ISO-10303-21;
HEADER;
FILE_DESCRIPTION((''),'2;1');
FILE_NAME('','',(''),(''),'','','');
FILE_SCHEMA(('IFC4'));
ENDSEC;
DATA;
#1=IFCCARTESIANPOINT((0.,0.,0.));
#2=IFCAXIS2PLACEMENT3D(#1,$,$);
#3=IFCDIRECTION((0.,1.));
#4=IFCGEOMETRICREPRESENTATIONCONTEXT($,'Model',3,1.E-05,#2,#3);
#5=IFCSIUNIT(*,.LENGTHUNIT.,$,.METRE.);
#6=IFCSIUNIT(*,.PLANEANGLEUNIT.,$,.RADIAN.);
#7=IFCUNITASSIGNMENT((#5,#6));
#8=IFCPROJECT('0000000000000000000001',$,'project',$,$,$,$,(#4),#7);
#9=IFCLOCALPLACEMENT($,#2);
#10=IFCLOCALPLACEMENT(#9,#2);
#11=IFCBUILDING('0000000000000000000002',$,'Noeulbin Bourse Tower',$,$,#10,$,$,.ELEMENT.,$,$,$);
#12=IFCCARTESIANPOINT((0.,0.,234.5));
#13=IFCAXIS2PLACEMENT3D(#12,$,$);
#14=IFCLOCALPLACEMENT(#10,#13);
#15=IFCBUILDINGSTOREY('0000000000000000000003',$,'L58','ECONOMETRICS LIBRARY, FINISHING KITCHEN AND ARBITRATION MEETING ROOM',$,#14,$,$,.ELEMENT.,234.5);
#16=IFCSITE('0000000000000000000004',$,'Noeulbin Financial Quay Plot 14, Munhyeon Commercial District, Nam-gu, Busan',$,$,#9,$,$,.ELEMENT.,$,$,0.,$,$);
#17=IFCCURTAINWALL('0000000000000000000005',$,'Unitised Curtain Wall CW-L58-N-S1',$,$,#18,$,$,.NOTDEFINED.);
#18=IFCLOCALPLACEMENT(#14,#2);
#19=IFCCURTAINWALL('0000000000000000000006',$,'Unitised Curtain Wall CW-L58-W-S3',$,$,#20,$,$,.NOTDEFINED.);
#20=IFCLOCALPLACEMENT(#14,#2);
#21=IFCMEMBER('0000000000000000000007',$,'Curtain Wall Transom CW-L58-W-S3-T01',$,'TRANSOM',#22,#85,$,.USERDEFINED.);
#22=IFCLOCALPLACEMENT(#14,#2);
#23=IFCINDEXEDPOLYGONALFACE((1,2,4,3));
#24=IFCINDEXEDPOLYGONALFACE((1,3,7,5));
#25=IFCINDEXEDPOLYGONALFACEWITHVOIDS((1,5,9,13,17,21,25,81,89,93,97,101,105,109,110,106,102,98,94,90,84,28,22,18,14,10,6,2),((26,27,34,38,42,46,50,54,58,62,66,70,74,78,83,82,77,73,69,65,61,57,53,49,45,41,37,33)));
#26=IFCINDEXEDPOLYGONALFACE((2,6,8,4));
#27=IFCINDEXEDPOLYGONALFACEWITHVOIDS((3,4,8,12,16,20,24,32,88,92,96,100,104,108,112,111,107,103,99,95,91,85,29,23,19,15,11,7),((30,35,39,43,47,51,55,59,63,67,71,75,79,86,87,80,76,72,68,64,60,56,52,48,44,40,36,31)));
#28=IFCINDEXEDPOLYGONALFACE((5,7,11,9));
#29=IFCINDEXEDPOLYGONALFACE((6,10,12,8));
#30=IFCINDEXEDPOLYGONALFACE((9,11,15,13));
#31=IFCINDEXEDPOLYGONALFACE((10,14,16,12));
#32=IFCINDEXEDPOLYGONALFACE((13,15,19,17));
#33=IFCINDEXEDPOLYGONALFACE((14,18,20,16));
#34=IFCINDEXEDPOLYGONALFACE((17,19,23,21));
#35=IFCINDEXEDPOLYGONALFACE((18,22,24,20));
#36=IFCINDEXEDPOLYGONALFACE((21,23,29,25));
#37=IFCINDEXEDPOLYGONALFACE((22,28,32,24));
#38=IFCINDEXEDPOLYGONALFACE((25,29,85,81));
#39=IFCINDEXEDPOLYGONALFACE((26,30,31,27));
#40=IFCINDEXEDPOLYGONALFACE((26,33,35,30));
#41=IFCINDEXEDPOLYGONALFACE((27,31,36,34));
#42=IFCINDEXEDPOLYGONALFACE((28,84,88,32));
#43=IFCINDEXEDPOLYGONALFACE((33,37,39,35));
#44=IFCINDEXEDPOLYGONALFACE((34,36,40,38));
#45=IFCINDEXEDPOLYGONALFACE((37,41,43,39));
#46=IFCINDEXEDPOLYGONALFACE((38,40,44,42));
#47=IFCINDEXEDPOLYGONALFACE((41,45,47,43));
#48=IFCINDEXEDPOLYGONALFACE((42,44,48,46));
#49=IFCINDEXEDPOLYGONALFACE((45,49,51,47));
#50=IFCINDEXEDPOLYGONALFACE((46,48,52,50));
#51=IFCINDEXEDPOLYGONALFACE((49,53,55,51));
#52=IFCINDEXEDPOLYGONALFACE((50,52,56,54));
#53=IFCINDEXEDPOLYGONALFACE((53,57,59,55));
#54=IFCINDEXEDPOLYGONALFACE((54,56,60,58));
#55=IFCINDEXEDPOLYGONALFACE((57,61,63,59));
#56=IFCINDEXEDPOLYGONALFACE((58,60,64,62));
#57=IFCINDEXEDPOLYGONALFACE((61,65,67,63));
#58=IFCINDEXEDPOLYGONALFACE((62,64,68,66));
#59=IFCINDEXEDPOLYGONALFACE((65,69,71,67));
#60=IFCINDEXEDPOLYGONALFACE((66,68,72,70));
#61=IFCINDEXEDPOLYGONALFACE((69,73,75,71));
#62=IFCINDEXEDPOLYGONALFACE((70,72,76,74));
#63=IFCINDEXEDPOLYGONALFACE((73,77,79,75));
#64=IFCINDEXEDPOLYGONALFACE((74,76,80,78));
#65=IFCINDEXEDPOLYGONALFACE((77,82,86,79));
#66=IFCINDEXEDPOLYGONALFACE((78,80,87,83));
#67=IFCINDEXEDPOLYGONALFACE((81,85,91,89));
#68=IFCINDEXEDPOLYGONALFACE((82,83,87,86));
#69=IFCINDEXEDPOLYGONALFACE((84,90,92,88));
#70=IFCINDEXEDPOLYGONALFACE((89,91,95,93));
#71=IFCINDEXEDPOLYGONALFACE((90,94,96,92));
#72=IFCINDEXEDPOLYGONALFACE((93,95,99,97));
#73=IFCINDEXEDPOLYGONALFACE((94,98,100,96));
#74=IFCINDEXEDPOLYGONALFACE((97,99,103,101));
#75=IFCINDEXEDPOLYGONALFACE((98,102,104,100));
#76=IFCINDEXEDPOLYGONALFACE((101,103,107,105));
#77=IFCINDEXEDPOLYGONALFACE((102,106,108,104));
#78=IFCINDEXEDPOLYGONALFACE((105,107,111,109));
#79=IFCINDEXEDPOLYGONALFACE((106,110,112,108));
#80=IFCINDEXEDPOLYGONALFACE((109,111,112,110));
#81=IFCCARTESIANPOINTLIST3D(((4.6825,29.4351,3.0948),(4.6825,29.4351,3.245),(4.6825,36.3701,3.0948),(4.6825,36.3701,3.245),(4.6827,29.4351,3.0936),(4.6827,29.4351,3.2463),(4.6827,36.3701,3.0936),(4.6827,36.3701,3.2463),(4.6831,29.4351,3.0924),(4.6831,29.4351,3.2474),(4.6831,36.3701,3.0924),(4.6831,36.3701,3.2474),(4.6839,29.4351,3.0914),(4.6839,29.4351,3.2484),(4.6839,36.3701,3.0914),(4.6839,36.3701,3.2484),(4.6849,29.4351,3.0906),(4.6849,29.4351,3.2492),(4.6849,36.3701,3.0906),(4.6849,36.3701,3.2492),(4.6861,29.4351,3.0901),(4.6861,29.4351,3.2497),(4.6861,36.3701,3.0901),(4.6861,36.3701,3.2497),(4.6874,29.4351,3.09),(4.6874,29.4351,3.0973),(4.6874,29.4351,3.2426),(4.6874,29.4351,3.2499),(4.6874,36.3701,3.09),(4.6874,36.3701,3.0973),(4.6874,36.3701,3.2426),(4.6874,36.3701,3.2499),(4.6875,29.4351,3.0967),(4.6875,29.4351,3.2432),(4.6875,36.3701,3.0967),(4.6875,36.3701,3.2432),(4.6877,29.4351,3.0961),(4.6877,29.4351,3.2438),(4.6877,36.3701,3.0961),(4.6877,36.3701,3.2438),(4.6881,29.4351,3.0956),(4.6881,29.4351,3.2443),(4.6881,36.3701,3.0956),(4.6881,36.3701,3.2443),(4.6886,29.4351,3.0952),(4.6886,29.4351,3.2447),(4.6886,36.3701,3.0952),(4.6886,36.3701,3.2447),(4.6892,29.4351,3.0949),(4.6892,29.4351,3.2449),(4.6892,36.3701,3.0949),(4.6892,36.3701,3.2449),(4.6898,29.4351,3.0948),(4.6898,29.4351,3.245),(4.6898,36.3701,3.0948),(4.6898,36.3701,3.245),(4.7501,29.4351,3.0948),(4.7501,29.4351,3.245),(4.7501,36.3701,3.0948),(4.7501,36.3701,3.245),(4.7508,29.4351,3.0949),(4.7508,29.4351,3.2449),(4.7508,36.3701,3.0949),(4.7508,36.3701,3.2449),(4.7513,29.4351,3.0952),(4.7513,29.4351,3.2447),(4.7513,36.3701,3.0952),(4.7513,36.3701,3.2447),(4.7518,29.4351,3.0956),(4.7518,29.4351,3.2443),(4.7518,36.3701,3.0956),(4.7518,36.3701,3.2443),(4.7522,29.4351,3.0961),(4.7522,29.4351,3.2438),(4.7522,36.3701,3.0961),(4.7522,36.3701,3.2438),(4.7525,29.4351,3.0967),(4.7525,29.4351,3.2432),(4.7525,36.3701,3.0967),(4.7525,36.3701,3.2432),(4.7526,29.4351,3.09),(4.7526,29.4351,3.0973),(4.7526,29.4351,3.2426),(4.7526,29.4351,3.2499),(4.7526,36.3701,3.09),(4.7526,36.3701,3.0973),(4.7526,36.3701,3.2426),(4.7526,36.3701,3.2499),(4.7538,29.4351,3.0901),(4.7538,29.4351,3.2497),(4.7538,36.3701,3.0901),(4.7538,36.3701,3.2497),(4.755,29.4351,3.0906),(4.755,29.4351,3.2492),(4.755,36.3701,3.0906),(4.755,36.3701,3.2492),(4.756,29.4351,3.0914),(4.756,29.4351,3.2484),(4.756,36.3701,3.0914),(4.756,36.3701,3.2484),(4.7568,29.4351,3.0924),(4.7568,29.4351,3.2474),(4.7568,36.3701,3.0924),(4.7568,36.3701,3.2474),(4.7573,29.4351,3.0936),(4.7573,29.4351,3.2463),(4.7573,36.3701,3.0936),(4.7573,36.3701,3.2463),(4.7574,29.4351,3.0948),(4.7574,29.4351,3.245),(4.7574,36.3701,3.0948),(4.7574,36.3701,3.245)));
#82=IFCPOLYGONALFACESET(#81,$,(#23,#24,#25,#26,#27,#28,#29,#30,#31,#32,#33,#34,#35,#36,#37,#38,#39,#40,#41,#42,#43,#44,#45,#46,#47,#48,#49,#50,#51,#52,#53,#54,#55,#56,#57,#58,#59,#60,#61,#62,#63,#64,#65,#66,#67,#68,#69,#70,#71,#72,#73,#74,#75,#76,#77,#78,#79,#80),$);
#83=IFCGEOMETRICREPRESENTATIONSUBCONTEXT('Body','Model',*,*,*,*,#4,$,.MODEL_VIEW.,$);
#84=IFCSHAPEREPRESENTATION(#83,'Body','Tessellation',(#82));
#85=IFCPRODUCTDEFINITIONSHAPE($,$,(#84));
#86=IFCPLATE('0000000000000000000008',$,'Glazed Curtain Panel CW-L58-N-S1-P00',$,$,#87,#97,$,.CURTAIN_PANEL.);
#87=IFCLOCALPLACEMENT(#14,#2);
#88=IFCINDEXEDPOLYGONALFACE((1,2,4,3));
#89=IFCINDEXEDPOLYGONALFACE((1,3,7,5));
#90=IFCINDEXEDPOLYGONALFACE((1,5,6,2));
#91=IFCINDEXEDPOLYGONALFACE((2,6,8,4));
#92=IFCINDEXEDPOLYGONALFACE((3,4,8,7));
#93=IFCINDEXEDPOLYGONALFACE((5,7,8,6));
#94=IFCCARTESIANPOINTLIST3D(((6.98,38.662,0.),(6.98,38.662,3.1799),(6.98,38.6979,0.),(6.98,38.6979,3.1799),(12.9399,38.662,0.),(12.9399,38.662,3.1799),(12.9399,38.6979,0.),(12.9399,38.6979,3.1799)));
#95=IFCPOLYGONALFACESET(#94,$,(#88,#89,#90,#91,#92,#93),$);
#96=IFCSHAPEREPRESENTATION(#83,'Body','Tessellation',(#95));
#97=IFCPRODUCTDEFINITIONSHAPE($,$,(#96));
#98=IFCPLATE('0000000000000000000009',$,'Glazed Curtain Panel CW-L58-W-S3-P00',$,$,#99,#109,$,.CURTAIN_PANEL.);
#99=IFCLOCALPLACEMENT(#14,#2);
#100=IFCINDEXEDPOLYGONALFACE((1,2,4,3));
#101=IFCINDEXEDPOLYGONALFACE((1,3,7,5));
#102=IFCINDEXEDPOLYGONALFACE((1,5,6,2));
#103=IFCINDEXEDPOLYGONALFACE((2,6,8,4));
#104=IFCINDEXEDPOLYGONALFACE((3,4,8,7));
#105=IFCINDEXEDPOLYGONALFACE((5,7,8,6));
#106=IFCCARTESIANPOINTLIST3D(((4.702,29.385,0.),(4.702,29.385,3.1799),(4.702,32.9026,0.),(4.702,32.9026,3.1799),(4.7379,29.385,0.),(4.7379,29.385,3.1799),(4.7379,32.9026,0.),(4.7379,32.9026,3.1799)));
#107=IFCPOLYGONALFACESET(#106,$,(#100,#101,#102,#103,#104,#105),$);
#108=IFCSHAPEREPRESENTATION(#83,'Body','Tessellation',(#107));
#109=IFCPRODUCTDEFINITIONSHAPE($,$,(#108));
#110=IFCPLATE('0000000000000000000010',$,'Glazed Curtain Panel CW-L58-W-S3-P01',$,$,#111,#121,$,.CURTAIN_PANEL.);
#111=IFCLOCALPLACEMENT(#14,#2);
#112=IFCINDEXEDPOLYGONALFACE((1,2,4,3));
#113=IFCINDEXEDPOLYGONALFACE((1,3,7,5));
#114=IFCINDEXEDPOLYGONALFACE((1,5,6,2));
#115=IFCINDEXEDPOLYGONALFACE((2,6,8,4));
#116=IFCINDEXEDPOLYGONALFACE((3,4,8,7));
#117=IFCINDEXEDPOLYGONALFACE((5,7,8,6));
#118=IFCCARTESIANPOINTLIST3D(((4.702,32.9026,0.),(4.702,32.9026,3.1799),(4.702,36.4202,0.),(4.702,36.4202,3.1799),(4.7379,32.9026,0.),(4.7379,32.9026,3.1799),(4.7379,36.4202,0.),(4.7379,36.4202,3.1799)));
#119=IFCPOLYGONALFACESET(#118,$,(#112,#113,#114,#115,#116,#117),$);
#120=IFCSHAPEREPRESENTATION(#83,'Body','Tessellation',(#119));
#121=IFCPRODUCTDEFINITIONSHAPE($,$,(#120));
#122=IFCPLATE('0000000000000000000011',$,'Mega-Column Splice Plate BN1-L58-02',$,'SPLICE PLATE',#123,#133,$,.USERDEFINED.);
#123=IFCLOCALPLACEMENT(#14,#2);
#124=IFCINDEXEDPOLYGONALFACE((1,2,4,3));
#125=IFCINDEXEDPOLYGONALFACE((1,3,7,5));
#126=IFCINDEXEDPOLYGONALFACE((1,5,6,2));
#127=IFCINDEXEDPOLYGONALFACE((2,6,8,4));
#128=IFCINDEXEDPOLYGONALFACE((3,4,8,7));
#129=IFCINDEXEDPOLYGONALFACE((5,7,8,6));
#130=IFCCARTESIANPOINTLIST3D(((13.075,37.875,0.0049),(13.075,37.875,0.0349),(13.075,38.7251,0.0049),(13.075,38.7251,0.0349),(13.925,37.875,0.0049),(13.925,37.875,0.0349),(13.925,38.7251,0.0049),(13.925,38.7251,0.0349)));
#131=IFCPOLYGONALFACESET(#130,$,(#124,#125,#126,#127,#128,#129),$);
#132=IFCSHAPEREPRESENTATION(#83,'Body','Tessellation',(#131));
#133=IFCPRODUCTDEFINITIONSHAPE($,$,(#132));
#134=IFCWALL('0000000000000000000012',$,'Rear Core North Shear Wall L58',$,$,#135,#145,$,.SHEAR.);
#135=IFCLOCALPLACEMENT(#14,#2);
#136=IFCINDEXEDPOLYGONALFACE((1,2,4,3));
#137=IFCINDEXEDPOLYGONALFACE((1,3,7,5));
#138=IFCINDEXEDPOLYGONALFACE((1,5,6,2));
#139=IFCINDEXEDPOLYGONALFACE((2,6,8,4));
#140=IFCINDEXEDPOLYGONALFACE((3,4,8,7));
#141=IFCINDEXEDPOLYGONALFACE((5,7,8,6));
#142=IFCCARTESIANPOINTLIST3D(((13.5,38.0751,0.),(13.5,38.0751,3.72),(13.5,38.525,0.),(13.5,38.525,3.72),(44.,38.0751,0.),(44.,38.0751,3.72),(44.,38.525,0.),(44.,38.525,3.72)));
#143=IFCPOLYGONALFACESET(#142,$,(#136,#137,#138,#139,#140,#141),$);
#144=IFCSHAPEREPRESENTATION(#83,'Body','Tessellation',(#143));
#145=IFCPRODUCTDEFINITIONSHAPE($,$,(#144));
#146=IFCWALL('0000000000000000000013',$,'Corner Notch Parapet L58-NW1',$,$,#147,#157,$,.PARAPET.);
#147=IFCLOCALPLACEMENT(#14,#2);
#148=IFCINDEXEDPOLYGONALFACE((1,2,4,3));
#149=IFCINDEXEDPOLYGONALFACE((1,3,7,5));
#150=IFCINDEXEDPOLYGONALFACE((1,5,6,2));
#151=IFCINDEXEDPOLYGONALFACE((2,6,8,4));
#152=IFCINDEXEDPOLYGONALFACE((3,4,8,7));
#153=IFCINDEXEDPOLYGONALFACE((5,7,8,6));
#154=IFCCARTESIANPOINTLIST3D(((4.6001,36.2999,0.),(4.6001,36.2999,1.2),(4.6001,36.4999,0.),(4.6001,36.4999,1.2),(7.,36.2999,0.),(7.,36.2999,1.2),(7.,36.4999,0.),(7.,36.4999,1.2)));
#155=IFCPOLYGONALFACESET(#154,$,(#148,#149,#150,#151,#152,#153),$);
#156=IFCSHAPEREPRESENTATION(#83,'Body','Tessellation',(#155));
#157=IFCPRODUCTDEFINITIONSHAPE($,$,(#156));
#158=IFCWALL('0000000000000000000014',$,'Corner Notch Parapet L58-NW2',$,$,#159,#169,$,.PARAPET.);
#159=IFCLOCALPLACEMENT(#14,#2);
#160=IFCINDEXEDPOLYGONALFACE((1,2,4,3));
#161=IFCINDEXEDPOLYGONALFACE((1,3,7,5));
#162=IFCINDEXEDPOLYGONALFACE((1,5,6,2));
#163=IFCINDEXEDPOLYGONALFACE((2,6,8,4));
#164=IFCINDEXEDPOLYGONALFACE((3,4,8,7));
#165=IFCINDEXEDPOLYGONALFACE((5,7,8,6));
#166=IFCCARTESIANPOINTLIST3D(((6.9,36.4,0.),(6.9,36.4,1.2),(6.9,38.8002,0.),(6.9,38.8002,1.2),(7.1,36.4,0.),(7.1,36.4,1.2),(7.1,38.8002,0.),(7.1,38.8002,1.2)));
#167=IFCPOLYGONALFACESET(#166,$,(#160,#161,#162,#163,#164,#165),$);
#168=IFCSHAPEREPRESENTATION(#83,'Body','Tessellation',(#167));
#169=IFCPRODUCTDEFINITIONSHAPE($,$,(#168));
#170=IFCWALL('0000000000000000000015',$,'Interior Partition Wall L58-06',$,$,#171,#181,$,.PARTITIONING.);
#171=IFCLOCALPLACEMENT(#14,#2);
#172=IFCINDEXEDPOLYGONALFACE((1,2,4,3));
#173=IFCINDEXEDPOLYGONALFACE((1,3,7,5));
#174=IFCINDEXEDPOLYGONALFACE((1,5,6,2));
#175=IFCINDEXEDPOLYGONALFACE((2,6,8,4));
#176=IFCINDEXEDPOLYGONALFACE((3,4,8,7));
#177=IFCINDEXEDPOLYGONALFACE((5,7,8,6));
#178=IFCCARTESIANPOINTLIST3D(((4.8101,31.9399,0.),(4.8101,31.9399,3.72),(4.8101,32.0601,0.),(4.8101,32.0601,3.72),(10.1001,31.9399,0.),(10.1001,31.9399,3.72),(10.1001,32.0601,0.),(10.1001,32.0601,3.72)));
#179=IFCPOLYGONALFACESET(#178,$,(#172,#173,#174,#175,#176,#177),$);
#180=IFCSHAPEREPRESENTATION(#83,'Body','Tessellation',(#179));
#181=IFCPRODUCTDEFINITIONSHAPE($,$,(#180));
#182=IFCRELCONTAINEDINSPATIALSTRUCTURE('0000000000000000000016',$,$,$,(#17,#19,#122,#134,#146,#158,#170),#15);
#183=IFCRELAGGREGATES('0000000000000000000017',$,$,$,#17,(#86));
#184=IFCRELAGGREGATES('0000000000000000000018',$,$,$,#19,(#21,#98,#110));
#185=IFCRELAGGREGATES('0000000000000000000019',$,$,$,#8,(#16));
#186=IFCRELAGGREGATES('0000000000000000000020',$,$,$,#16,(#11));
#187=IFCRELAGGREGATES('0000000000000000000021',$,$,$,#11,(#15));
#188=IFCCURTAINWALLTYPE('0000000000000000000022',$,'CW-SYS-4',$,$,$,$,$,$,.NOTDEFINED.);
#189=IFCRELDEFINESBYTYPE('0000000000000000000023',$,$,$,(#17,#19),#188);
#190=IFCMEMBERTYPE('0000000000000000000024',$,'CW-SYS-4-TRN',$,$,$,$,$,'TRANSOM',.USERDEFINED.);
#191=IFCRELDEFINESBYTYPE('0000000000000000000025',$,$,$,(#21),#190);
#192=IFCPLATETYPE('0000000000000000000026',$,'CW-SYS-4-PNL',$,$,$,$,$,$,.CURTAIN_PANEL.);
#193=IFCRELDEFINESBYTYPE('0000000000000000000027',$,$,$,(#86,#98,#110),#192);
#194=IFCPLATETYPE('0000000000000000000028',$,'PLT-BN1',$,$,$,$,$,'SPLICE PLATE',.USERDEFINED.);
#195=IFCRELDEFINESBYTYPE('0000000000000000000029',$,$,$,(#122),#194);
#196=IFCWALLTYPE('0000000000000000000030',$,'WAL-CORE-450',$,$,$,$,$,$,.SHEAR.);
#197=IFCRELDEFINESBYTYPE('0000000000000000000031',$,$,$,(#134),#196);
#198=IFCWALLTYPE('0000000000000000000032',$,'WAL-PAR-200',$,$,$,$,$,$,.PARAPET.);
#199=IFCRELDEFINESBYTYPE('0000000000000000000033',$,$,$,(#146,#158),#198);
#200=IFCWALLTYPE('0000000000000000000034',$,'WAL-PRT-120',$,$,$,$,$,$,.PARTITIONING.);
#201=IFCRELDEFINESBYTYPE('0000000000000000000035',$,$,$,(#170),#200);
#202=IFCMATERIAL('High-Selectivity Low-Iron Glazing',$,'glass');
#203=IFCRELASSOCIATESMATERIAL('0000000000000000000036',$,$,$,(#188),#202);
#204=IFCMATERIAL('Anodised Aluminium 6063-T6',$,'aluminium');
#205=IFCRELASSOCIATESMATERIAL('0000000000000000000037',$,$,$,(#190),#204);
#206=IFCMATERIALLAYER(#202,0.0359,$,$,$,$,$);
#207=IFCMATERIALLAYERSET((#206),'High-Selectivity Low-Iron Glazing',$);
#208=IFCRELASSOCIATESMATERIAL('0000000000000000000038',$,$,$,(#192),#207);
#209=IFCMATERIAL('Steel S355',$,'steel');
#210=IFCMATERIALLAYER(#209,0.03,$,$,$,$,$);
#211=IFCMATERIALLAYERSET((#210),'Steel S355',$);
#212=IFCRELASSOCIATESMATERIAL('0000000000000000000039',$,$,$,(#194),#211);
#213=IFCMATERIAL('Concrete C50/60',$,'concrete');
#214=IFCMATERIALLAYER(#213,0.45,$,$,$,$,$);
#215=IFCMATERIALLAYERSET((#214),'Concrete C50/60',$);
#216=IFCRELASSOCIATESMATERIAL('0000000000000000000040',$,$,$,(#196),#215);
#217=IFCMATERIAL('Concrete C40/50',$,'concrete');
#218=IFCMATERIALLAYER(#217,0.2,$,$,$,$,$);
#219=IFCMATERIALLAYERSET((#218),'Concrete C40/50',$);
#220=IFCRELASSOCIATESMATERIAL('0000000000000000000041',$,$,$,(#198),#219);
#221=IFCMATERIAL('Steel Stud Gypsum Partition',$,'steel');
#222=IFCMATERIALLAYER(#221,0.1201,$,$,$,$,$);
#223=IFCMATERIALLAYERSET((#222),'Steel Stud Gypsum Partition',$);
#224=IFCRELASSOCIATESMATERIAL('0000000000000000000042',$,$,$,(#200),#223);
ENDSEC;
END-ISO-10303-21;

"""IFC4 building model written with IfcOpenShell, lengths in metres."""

from ifc_helpers import new_model, si_unit, direction, frame, frame_2d, origin, origin_2d, place, context, subcontext, project, spatial, rectangle, hollow_rectangle, extrude, material, layer, layer_set, material_profile, profile_set, type_object, element, aggregate, save


model = new_model("IFC4")

# Units and contexts
model_context = context("Model", 3, precision=1e-05, world=origin(), true_north=direction((0.0, 1.0)))
body_context = subcontext(model_context, "Body", "Model", "MODEL_VIEW")
ifc_project = project(units=[si_unit("LENGTHUNIT", "METRE"), si_unit("PLANEANGLEUNIT", "RADIAN")], contexts=[model_context])

# Site, building, storey
site_placement = place(None, origin())
site = spatial("IfcSite", under=ifc_project, at=site_placement, Name="Noeulbin Financial Quay Plot 14, Munhyeon Commercial District, Nam-gu, Busan", CompositionType="ELEMENT", RefElevation=0.0)
building_placement = place(site_placement, origin())
building = spatial("IfcBuilding", under=site, at=building_placement, Name="Noeulbin Bourse Tower", CompositionType="ELEMENT")
storey_placement = place(building_placement, frame((0.0, 0.0, 234.5)))
storey = spatial("IfcBuildingStorey", under=building, at=storey_placement, Name="L58", Description="ECONOMETRICS LIBRARY, FINISHING KITCHEN AND ARBITRATION MEETING ROOM", CompositionType="ELEMENT", Elevation=234.5)

# Shared definitions
ifc_material_1 = material(Name="Steel S355", Category="steel")

# Curtain wall
ifc_material_2 = material(Name="High-Selectivity Low-Iron Glazing", Category="glass")
curtain_wall_type = type_object("IfcCurtainWallType", Name="CW-SYS-4", PredefinedType="NOTDEFINED", material=ifc_material_2)
curtain_wall_1_placement = place(storey_placement, origin())
curtain_wall_1 = element("IfcCurtainWall", 1, at=curtain_wall_1_placement, inside=storey, type_object=curtain_wall_type, Name="Unitised Curtain Wall CW-L58-N-S1", PredefinedType="NOTDEFINED")
ifc_material_3 = material(Name="Anodised Aluminium 6063-T6", Category="aluminium")

# Curtain wall
curtain_wall_2_placement = place(storey_placement, origin())
curtain_wall_2 = element("IfcCurtainWall", 2, at=curtain_wall_2_placement, inside=storey, type_object=curtain_wall_type, Name="Unitised Curtain Wall CW-L58-W-S3", PredefinedType="NOTDEFINED")

# Member
ifc_material_profile_1 = material_profile(ifc_material_3, hollow_rectangle(XDim=0.075, YDim=0.1599, WallThickness=0.0049, InnerFilletRadius=0.0024, OuterFilletRadius=0.0049, at=origin_2d()), Name="ALU-TRAN-75x160x5", Category="LoadBearing")
ifc_profile_set_1 = profile_set([ifc_material_profile_1], Name="Anodised Aluminium 6063-T6")
member_type_1 = type_object("IfcMemberType", Name="CW-SYS-4-TRN", ElementType="TRANSOM", PredefinedType="USERDEFINED", material=ifc_profile_set_1)
member_1_placement = place(storey_placement, frame((4.72, 29.4351, 3.1699), z_axis=(0.0, 1.0, 0.0), x_axis=(-1.0, 0.0, 0.0)))
member_1 = element("IfcMember", 3, at=member_1_placement, type_object=member_type_1, Name="Curtain Wall Transom CW-L58-W-S3-T01", ObjectType="TRANSOM", PredefinedType="USERDEFINED", context=body_context, shape_type="SweptSolid", body=[
    extrude(hollow_rectangle(XDim=0.075, YDim=0.1599, WallThickness=0.0049, InnerFilletRadius=0.0024, OuterFilletRadius=0.0049, at=origin_2d()), origin(), (0.0, 0.0, 1.0), 6.9351),
])

# Plates
ifc_layer_1 = layer(ifc_material_2, 0.0359)
ifc_layer_set_1 = layer_set([ifc_layer_1], Name="High-Selectivity Low-Iron Glazing")
plate_type_1 = type_object("IfcPlateType", Name="CW-SYS-4-PNL", PredefinedType="CURTAIN_PANEL", material=ifc_layer_set_1)
plate_1_placement = place(storey_placement, frame((9.96, 38.6799, 0.0), z_axis=(0.0, 0.0, 1.0), x_axis=(1.0, 0.0, 0.0)))
plate_1 = element("IfcPlate", 4, at=plate_1_placement, type_object=plate_type_1, Name="Glazed Curtain Panel CW-L58-N-S1-P00", PredefinedType="CURTAIN_PANEL", context=body_context, shape_type="SweptSolid", body=[
    extrude(rectangle(XDim=5.96, YDim=0.0359, at=origin_2d()), origin(), (0.0, 0.0, 1.0), 3.1799),
])
aggregate(curtain_wall_1, [plate_1])
plate_2_placement = place(storey_placement, frame((4.72, 31.1438, 0.0), z_axis=(0.0, 0.0, 1.0), x_axis=(0.0, 1.0, 0.0)))
plate_2 = element("IfcPlate", 5, at=plate_2_placement, type_object=plate_type_1, Name="Glazed Curtain Panel CW-L58-W-S3-P00", PredefinedType="CURTAIN_PANEL", context=body_context, shape_type="SweptSolid", body=[
    extrude(rectangle(XDim=3.5176, YDim=0.0359, at=origin_2d()), origin(), (0.0, 0.0, 1.0), 3.1799),
])
plate_3_placement = place(storey_placement, frame((4.72, 34.6614, 0.0), z_axis=(0.0, 0.0, 1.0), x_axis=(0.0, 1.0, 0.0)))
plate_3 = element("IfcPlate", 6, at=plate_3_placement, type_object=plate_type_1, Name="Glazed Curtain Panel CW-L58-W-S3-P01", PredefinedType="CURTAIN_PANEL", context=body_context, shape_type="SweptSolid", body=[
    extrude(rectangle(XDim=3.5176, YDim=0.0359, at=origin_2d()), origin(), (0.0, 0.0, 1.0), 3.1799),
])
aggregate(curtain_wall_2, [member_1, plate_2, plate_3])
ifc_layer_2 = layer(ifc_material_1, 0.03)
ifc_layer_set_2 = layer_set([ifc_layer_2], Name="Steel S355")
plate_type_2 = type_object("IfcPlateType", Name="PLT-BN1", ElementType="SPLICE PLATE", PredefinedType="USERDEFINED", material=ifc_layer_set_2)
plate_4_placement = place(storey_placement, frame((13.5, 38.3, 0.0049), z_axis=(0.0, 0.0, 1.0), x_axis=(1.0, 0.0, 0.0)))
element("IfcPlate", 7, at=plate_4_placement, inside=storey, type_object=plate_type_2, Name="Mega-Column Splice Plate BN1-L58-02", ObjectType="SPLICE PLATE", PredefinedType="USERDEFINED", context=body_context, shape_type="SweptSolid", body=[
    extrude(rectangle(XDim=0.8501, YDim=0.8501, at=origin_2d()), origin(), (0.0, 0.0, 1.0), 0.03),
])

# Walls
ifc_material_4 = material(Name="Concrete C50/60", Category="concrete")
ifc_layer_3 = layer(ifc_material_4, 0.45)
ifc_layer_set_3 = layer_set([ifc_layer_3], Name="Concrete C50/60")
wall_type_1 = type_object("IfcWallType", Name="WAL-CORE-450", PredefinedType="SHEAR", material=ifc_layer_set_3)
wall_1_placement = place(storey_placement, frame((13.5, 38.3, 0.0), z_axis=(0.0, 0.0, 1.0), x_axis=(1.0, 0.0, 0.0)))
element("IfcWall", 8, at=wall_1_placement, inside=storey, type_object=wall_type_1, Name="Rear Core North Shear Wall L58", PredefinedType="SHEAR", context=body_context, shape_type="SweptSolid", body=[
    extrude(rectangle(XDim=30.5, YDim=0.45, at=frame_2d((15.25, 0.0))), origin(), (0.0, 0.0, 1.0), 3.72),
])
ifc_material_5 = material(Name="Concrete C40/50", Category="concrete")
ifc_layer_4 = layer(ifc_material_5, 0.2)
ifc_layer_set_4 = layer_set([ifc_layer_4], Name="Concrete C40/50")
wall_type_2 = type_object("IfcWallType", Name="WAL-PAR-200", PredefinedType="PARAPET", material=ifc_layer_set_4)
wall_2_placement = place(storey_placement, frame((4.6001, 36.3999, 0.0), z_axis=(0.0, 0.0, 1.0), x_axis=(1.0, 0.0, 0.0)))
element("IfcWall", 9, at=wall_2_placement, inside=storey, type_object=wall_type_2, Name="Corner Notch Parapet L58-NW1", PredefinedType="PARAPET", context=body_context, shape_type="SweptSolid", body=[
    extrude(rectangle(XDim=2.3999, YDim=0.2, at=frame_2d((1.2, 0.0))), origin(), (0.0, 0.0, 1.0), 1.2),
])
wall_3_placement = place(storey_placement, frame((7.0, 36.3999, 0.0), z_axis=(0.0, 0.0, 1.0), x_axis=(0.0, 1.0, 0.0)))
element("IfcWall", 10, at=wall_3_placement, inside=storey, type_object=wall_type_2, Name="Corner Notch Parapet L58-NW2", PredefinedType="PARAPET", context=body_context, shape_type="SweptSolid", body=[
    extrude(rectangle(XDim=2.4001, YDim=0.2, at=frame_2d((1.2002, 0.0))), origin(), (0.0, 0.0, 1.0), 1.2),
])
ifc_material_6 = material(Name="Steel Stud Gypsum Partition", Category="steel")
ifc_layer_5 = layer(ifc_material_6, 0.1201)
ifc_layer_set_5 = layer_set([ifc_layer_5], Name="Steel Stud Gypsum Partition")
wall_type_3 = type_object("IfcWallType", Name="WAL-PRT-120", PredefinedType="PARTITIONING", material=ifc_layer_set_5)
wall_4_placement = place(storey_placement, frame((4.8101, 32.0, 0.0), z_axis=(0.0, 0.0, 1.0), x_axis=(1.0, 0.0, 0.0)))
element("IfcWall", 11, at=wall_4_placement, inside=storey, type_object=wall_type_3, Name="Interior Partition Wall L58-06", PredefinedType="PARTITIONING", context=body_context, shape_type="SweptSolid", body=[
    extrude(rectangle(XDim=5.29, YDim=0.1201, at=frame_2d((2.645, 0.0))), origin(), (0.0, 0.0, 1.0), 3.72),
])

save(model, "model.ifc")
